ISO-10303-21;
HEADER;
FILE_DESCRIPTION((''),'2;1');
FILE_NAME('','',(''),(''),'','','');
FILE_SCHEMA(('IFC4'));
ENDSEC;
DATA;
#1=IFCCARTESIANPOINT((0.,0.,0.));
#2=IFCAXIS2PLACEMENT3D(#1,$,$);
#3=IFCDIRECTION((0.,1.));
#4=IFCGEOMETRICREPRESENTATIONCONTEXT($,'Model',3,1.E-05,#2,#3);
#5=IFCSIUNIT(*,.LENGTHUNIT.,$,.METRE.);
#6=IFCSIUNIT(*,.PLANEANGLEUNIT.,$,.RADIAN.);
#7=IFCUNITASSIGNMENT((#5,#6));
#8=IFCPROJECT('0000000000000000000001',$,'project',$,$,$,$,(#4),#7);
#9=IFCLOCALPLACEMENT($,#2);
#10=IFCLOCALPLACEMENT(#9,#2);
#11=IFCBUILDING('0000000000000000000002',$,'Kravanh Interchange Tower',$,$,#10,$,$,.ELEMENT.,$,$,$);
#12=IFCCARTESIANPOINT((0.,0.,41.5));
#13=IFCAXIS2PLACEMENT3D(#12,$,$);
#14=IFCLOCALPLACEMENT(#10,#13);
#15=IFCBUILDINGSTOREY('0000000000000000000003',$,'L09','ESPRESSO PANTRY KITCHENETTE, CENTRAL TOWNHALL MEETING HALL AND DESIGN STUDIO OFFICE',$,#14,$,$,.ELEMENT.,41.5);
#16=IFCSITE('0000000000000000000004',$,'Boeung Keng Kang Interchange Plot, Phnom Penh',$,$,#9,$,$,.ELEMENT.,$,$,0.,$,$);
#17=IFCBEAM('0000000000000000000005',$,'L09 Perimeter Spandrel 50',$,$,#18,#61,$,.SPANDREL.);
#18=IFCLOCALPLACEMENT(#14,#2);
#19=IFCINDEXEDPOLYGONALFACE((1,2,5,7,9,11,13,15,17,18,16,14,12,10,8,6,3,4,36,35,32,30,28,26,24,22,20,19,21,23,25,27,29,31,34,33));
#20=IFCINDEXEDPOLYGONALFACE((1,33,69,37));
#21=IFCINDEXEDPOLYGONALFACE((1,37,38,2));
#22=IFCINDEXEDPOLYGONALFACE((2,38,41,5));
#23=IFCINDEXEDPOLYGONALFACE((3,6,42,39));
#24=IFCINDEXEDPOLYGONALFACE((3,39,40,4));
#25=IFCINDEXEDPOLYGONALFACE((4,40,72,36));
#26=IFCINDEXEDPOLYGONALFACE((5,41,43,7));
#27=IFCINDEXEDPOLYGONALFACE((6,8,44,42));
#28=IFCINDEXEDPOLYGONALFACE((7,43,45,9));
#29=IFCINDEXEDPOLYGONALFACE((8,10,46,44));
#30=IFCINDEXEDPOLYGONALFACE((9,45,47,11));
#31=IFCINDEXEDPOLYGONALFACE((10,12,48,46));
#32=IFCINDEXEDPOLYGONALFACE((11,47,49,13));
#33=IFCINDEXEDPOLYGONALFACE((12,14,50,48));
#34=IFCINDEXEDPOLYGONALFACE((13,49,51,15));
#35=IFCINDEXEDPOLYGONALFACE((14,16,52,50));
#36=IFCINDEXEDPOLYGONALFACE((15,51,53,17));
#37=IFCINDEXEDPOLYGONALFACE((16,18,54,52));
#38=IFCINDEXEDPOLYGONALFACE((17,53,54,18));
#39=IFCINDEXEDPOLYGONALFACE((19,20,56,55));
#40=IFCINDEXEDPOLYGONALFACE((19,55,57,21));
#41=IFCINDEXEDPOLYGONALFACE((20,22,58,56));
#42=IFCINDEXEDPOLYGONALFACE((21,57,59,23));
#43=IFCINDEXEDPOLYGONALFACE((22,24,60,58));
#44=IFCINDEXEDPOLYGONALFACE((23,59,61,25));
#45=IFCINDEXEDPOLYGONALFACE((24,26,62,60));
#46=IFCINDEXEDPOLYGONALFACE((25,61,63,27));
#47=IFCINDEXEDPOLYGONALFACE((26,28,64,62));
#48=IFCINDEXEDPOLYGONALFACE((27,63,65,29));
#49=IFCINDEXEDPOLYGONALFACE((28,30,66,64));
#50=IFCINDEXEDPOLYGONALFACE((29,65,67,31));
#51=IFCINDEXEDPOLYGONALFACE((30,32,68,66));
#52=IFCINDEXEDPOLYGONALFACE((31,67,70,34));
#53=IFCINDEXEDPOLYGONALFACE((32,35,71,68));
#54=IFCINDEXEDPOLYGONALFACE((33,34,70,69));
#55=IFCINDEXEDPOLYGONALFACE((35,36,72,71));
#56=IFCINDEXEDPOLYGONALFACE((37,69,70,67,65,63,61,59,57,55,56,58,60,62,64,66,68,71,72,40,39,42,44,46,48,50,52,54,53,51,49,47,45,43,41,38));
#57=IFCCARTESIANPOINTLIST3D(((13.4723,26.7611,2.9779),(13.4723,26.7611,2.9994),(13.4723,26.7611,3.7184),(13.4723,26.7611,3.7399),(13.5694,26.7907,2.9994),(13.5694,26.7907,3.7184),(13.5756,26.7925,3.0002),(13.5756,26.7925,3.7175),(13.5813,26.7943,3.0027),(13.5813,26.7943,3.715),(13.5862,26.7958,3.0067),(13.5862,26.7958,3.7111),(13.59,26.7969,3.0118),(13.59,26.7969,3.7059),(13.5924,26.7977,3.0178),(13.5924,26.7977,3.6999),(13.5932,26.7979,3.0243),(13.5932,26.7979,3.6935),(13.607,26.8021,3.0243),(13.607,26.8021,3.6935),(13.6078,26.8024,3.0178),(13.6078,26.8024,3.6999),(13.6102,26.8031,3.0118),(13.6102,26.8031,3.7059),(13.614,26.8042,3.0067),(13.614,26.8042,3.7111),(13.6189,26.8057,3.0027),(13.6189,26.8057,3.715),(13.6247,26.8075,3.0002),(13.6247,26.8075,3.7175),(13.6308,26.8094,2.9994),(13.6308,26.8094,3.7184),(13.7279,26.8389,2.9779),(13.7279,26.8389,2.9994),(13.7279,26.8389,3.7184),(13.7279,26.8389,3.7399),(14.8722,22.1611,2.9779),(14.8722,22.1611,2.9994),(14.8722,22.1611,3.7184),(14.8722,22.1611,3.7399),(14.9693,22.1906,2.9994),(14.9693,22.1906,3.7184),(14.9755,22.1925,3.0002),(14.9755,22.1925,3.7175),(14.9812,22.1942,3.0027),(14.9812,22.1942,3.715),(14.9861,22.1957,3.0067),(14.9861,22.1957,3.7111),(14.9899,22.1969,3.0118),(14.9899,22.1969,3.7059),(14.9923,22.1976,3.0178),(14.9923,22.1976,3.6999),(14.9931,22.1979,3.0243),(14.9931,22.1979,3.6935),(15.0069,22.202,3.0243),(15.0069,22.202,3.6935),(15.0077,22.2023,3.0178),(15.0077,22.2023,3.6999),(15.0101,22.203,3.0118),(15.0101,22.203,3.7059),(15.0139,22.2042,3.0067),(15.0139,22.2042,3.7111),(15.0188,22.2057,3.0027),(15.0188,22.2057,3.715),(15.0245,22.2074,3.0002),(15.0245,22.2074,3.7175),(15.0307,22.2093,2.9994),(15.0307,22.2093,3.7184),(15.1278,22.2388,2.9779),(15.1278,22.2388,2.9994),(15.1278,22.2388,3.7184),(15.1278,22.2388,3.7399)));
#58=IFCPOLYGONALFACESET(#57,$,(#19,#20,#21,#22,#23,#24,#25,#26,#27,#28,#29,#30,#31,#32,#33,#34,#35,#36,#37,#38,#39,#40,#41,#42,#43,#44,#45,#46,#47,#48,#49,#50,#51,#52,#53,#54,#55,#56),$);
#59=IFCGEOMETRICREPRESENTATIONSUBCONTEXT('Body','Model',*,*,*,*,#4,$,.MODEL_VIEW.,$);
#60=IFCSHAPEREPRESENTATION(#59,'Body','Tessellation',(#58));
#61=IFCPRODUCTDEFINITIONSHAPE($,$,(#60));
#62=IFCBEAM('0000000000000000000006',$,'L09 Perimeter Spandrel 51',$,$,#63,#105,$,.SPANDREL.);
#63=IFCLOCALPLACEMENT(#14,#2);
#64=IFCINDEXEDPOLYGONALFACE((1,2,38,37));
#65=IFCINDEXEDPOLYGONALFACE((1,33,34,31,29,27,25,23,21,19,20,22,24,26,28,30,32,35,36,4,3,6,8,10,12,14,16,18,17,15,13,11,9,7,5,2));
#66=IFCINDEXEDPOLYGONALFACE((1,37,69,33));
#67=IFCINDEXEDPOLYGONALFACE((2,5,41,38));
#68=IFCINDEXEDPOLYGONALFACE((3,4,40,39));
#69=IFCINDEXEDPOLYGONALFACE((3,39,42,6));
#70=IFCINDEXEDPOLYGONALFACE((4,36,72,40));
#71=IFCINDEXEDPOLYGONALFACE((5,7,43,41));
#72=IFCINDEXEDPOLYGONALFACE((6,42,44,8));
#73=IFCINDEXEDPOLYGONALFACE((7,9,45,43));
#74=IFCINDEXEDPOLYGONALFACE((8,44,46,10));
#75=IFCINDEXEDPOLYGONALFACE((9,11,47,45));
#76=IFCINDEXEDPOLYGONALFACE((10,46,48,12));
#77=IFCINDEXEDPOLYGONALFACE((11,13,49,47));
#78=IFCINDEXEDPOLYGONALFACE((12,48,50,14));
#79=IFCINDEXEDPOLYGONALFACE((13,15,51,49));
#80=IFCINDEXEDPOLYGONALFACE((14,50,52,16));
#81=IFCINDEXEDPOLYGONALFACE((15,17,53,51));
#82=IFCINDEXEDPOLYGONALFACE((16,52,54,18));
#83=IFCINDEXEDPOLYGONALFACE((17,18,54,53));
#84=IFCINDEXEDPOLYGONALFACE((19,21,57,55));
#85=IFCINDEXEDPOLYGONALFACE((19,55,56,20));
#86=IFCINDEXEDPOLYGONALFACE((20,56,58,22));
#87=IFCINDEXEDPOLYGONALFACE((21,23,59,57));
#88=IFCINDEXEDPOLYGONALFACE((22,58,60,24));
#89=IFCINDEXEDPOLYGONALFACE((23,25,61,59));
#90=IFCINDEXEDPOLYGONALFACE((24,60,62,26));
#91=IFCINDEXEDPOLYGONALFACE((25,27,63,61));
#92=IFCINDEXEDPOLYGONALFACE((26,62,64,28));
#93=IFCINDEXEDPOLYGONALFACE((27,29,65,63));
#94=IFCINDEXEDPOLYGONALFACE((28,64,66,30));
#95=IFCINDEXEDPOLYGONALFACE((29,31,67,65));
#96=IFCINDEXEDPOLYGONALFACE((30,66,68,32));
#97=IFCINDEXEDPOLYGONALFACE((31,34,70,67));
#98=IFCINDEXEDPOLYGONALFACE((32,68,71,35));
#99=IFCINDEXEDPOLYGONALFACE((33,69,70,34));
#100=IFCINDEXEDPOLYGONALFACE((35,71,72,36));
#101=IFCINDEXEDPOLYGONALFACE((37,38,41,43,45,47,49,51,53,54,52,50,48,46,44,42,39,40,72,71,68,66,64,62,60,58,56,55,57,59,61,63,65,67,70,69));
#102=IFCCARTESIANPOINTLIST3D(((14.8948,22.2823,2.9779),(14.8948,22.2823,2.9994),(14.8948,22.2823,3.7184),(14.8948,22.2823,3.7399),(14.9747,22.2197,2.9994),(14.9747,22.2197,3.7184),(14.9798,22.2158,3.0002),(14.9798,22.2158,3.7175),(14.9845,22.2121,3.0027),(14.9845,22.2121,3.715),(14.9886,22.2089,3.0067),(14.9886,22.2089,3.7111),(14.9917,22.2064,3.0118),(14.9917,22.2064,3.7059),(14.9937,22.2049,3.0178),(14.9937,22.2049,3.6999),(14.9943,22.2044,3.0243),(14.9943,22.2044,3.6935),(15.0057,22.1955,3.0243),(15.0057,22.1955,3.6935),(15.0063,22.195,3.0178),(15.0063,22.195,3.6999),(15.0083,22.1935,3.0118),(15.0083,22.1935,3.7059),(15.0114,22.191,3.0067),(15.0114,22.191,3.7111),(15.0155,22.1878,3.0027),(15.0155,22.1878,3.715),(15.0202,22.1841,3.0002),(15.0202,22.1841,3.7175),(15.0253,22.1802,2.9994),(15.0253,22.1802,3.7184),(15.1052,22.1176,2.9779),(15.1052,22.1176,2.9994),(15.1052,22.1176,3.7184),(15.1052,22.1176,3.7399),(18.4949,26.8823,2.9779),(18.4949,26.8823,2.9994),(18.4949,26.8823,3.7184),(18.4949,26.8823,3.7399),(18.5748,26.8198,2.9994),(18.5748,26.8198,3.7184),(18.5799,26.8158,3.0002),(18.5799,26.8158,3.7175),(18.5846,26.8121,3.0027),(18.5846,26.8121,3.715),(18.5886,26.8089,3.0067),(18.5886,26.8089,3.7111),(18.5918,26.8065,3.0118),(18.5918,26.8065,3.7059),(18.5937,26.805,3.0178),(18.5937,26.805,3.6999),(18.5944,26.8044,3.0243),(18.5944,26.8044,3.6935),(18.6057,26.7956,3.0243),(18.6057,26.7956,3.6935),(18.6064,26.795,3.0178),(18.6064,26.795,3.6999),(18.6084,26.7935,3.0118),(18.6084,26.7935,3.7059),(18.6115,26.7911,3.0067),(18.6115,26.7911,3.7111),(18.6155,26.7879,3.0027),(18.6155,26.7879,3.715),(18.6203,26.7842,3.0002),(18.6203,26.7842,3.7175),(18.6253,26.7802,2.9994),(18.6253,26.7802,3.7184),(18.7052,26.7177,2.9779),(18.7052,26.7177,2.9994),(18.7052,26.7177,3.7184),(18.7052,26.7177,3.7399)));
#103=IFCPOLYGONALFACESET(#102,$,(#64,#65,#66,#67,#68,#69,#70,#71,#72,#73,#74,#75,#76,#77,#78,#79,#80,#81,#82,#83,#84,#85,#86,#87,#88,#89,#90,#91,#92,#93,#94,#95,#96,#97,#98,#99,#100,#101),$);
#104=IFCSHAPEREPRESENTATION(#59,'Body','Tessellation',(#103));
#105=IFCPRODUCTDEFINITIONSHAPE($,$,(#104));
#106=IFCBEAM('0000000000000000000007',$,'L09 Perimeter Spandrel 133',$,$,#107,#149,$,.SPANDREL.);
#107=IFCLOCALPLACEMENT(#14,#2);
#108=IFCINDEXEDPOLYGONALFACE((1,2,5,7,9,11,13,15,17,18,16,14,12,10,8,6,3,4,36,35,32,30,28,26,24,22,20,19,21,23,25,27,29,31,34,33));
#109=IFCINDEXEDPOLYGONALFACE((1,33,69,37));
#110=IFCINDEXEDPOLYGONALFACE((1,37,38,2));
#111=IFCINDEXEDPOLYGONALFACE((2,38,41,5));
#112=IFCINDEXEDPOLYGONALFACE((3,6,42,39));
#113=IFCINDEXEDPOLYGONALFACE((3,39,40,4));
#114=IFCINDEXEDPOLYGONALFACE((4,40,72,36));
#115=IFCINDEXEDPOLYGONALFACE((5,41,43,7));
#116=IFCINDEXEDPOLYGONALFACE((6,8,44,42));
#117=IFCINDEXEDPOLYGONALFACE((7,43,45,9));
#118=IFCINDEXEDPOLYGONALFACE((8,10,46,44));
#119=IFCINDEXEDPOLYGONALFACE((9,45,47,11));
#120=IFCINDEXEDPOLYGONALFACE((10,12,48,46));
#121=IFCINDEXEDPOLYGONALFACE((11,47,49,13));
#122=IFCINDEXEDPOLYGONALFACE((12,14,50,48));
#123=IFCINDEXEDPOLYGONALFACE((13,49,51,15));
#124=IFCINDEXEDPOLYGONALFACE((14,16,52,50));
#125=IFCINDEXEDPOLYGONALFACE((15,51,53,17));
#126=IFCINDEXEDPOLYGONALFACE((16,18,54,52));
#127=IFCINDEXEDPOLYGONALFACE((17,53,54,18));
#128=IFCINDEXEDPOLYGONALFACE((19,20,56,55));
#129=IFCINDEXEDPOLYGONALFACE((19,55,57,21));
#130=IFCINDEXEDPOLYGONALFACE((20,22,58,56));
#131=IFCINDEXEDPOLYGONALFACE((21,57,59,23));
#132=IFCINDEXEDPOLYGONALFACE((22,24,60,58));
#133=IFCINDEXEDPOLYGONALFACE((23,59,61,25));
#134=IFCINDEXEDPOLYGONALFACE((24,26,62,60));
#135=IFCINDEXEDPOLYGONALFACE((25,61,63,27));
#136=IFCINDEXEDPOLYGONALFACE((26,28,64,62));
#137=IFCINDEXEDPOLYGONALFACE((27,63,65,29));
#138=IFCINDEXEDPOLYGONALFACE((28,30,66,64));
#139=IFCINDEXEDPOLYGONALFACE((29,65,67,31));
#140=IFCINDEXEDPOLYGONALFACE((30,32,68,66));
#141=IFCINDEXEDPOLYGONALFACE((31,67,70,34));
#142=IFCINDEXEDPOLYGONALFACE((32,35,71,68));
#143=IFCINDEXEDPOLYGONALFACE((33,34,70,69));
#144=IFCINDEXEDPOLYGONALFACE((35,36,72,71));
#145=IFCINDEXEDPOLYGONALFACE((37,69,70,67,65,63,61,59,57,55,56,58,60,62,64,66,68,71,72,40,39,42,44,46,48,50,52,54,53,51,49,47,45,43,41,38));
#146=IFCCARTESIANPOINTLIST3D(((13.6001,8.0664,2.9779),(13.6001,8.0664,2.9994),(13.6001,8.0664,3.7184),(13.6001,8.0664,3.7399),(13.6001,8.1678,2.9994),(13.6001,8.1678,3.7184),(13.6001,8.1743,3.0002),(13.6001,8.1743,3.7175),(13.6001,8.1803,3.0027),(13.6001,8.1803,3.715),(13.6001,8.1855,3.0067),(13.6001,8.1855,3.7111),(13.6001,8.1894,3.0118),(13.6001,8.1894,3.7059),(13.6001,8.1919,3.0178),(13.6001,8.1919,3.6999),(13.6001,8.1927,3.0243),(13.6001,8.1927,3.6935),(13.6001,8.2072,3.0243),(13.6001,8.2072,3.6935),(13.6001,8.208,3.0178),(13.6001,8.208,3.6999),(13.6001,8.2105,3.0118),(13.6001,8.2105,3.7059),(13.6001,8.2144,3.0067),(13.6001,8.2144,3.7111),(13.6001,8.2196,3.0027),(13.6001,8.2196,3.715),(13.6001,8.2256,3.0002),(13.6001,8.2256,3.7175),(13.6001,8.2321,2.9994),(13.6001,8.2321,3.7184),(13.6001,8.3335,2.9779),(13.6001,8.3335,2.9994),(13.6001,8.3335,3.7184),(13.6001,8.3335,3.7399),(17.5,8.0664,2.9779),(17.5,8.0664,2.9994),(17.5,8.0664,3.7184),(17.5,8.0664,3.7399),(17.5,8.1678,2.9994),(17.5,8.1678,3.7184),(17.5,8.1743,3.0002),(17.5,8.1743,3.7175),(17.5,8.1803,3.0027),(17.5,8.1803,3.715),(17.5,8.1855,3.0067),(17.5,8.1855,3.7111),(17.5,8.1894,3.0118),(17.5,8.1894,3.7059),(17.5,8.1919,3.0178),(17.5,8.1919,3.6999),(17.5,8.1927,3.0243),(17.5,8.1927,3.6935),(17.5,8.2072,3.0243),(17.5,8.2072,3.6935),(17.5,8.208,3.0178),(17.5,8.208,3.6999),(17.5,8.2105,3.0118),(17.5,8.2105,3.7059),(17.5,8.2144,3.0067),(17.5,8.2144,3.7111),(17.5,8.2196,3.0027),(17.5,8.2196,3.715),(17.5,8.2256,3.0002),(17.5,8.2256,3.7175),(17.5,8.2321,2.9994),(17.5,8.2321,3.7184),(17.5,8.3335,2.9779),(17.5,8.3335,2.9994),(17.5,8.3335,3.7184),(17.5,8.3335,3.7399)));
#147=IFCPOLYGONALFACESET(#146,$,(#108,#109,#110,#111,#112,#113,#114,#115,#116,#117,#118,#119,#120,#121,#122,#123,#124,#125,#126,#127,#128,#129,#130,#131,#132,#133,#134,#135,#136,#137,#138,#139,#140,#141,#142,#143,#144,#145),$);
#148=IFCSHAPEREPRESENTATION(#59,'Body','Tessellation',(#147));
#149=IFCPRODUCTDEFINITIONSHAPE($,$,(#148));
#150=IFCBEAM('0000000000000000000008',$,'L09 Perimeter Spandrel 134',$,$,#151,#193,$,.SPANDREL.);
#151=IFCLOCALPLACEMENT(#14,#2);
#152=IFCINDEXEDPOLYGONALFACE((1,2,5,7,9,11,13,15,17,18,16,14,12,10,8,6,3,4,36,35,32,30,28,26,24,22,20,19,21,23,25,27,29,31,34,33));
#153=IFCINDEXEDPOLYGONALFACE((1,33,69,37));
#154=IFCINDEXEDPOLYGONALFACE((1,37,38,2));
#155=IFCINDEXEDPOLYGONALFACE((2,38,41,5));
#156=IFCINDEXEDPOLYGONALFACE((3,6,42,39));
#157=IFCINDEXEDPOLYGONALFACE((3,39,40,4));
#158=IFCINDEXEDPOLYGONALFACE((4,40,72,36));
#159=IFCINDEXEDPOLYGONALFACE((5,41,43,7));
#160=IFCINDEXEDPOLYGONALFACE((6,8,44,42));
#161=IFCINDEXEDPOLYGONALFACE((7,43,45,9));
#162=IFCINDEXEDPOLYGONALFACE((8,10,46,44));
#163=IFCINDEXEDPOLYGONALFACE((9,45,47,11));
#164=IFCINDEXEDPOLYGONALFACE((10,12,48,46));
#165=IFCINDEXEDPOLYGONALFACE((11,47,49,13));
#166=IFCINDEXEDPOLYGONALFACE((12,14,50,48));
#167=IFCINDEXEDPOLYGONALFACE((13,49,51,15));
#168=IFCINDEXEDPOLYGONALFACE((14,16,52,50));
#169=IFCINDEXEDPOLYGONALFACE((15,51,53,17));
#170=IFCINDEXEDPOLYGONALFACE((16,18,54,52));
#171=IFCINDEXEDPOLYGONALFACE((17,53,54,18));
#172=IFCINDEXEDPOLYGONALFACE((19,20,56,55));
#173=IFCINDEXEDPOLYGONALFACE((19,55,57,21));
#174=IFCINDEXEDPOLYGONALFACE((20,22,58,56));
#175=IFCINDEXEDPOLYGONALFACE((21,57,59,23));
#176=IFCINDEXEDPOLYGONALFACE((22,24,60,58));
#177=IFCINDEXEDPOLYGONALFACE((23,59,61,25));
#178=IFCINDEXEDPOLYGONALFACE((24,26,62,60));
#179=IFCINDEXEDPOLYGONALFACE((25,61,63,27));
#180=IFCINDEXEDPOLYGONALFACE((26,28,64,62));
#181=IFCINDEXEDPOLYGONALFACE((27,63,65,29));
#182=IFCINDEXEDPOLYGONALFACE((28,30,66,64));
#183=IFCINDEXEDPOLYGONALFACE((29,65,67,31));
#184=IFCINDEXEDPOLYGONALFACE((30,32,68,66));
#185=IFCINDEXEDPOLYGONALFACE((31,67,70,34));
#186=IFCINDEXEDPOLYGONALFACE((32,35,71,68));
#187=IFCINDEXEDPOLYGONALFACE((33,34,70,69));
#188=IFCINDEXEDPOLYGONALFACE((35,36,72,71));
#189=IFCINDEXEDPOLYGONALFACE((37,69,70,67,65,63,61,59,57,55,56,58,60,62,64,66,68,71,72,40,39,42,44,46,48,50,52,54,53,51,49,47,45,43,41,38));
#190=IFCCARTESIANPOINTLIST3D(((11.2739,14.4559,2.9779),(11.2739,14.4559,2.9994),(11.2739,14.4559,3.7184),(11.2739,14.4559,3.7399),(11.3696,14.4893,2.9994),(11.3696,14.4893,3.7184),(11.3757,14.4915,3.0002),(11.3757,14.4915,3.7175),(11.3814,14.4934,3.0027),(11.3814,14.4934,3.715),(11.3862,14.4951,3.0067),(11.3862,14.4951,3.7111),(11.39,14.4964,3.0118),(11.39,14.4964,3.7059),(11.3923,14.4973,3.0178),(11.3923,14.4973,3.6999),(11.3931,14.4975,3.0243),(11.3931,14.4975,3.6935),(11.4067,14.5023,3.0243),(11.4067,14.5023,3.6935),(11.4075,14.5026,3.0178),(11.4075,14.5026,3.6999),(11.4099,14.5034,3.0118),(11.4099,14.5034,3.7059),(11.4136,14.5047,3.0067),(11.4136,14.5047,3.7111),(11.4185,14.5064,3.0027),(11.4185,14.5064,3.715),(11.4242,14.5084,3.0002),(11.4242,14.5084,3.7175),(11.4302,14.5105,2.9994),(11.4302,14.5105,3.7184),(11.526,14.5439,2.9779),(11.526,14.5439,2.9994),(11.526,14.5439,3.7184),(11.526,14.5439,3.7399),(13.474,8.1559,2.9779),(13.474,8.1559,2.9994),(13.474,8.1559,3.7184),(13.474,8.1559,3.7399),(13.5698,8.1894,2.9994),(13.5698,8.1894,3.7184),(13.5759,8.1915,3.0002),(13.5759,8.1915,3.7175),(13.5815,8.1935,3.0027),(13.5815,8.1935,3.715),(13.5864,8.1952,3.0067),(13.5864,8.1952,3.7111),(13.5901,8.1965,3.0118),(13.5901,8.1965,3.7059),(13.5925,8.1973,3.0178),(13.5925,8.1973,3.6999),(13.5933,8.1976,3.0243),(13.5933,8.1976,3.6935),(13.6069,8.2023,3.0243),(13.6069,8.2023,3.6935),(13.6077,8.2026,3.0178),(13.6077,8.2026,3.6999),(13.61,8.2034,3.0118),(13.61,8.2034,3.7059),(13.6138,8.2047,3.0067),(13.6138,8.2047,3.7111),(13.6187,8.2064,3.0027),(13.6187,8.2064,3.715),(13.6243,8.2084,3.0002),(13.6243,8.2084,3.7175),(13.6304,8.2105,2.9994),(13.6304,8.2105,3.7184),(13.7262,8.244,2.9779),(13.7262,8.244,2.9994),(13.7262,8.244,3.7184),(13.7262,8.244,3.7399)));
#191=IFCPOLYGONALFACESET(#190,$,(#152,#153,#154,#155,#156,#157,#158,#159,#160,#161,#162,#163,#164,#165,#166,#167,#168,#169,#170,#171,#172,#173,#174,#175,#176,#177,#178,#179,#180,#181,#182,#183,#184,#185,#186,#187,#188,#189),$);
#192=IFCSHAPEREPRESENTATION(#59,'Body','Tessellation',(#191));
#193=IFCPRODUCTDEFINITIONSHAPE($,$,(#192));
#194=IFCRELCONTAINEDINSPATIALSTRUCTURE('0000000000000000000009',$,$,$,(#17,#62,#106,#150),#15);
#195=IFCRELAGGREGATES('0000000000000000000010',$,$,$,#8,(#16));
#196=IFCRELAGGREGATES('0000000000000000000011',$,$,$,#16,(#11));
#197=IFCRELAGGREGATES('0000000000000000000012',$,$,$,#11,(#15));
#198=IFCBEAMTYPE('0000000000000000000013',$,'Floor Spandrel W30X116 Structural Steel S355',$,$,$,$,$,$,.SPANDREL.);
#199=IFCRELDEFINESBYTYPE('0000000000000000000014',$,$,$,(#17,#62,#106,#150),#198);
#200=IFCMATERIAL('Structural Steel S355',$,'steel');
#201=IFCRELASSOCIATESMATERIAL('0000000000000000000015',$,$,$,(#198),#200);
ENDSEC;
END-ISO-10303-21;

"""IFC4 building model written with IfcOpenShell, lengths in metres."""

from ifc_helpers import new_model, si_unit, direction, frame, origin, origin_2d, place, context, subcontext, project, spatial, i_section, extrude, material, material_profile, profile_set, type_object, element, save


model = new_model("IFC4")

# Units and contexts
model_context = context("Model", 3, precision=1e-05, world=origin(), true_north=direction((0.0, 1.0)))
body_context = subcontext(model_context, "Body", "Model", "MODEL_VIEW")
ifc_project = project(units=[si_unit("LENGTHUNIT", "METRE"), si_unit("PLANEANGLEUNIT", "RADIAN")], contexts=[model_context])

# Site, building, storey
site_placement = place(None, origin())
site = spatial("IfcSite", under=ifc_project, at=site_placement, Name="Boeung Keng Kang Interchange Plot, Phnom Penh", CompositionType="ELEMENT", RefElevation=0.0)
building_placement = place(site_placement, origin())
building = spatial("IfcBuilding", under=site, at=building_placement, Name="Kravanh Interchange Tower", CompositionType="ELEMENT")
storey_placement = place(building_placement, frame((0.0, 0.0, 41.5)))
storey = spatial("IfcBuildingStorey", under=building, at=storey_placement, Name="L09", Description="ESPRESSO PANTRY KITCHENETTE, CENTRAL TOWNHALL MEETING HALL AND DESIGN STUDIO OFFICE", CompositionType="ELEMENT", Elevation=41.5)

# Beams
ifc_material_1 = material(Name="Structural Steel S355", Category="steel")
ifc_material_profile_1 = material_profile(ifc_material_1, i_section(OverallWidth=0.2671, OverallDepth=0.762, WebThickness=0.0144, FlangeThickness=0.0215, FilletRadius=0.0249, at=origin_2d()), Name="W30X116")
ifc_profile_set_1 = profile_set([ifc_material_profile_1], Name="Structural Steel S355")
beam_type_1 = type_object("IfcBeamType", Name="Floor Spandrel W30X116 Structural Steel S355", PredefinedType="SPANDREL", material=ifc_profile_set_1)
beam_1_placement = place(storey_placement, frame((15.0, 22.2, 3.3589), z_axis=(-0.291137, 0.956681, 0.0), x_axis=(-0.956681, -0.291137, 0.0)))
element("IfcBeam", 1, at=beam_1_placement, inside=storey, type_object=beam_type_1, Name="L09 Perimeter Spandrel 50", PredefinedType="SPANDREL", context=body_context, shape_type="SweptSolid", body=[
    extrude(i_section(OverallWidth=0.2671, OverallDepth=0.762, WebThickness=0.0144, FlangeThickness=0.0215, FilletRadius=0.0249, at=origin_2d()), origin(), (0.0, 0.0, 1.0), 4.8083),
])
beam_2_placement = place(storey_placement, frame((15.0, 22.2, 3.3589), z_axis=(0.616311, 0.787503, 0.0), x_axis=(-0.787503, 0.616311, 0.0)))
element("IfcBeam", 2, at=beam_2_placement, inside=storey, type_object=beam_type_1, Name="L09 Perimeter Spandrel 51", PredefinedType="SPANDREL", context=body_context, shape_type="SweptSolid", body=[
    extrude(i_section(OverallWidth=0.2671, OverallDepth=0.762, WebThickness=0.0144, FlangeThickness=0.0215, FilletRadius=0.0249, at=origin_2d()), origin(), (0.0, 0.0, 1.0), 5.8413),
])
beam_3_placement = place(storey_placement, frame((13.6001, 8.2, 3.3589), z_axis=(1.0, 0.0, 0.0), x_axis=(0.0, 1.0, 0.0)))
element("IfcBeam", 3, at=beam_3_placement, inside=storey, type_object=beam_type_1, Name="L09 Perimeter Spandrel 133", PredefinedType="SPANDREL", context=body_context, shape_type="SweptSolid", body=[
    extrude(i_section(OverallWidth=0.2671, OverallDepth=0.762, WebThickness=0.0144, FlangeThickness=0.0215, FilletRadius=0.0249, at=origin_2d()), origin(), (0.0, 0.0, 1.0), 3.8999),
])
beam_4_placement = place(storey_placement, frame((13.6001, 8.2, 3.3589), z_axis=(-0.329707, 0.944083, 0.0), x_axis=(-0.944083, -0.329707, 0.0)))
element("IfcBeam", 4, at=beam_4_placement, inside=storey, type_object=beam_type_1, Name="L09 Perimeter Spandrel 134", PredefinedType="SPANDREL", context=body_context, shape_type="SweptSolid", body=[
    extrude(i_section(OverallWidth=0.2671, OverallDepth=0.762, WebThickness=0.0144, FlangeThickness=0.0215, FilletRadius=0.0249, at=origin_2d()), origin(), (0.0, 0.0, 1.0), 6.6731),
])

save(model, "model.ifc")
